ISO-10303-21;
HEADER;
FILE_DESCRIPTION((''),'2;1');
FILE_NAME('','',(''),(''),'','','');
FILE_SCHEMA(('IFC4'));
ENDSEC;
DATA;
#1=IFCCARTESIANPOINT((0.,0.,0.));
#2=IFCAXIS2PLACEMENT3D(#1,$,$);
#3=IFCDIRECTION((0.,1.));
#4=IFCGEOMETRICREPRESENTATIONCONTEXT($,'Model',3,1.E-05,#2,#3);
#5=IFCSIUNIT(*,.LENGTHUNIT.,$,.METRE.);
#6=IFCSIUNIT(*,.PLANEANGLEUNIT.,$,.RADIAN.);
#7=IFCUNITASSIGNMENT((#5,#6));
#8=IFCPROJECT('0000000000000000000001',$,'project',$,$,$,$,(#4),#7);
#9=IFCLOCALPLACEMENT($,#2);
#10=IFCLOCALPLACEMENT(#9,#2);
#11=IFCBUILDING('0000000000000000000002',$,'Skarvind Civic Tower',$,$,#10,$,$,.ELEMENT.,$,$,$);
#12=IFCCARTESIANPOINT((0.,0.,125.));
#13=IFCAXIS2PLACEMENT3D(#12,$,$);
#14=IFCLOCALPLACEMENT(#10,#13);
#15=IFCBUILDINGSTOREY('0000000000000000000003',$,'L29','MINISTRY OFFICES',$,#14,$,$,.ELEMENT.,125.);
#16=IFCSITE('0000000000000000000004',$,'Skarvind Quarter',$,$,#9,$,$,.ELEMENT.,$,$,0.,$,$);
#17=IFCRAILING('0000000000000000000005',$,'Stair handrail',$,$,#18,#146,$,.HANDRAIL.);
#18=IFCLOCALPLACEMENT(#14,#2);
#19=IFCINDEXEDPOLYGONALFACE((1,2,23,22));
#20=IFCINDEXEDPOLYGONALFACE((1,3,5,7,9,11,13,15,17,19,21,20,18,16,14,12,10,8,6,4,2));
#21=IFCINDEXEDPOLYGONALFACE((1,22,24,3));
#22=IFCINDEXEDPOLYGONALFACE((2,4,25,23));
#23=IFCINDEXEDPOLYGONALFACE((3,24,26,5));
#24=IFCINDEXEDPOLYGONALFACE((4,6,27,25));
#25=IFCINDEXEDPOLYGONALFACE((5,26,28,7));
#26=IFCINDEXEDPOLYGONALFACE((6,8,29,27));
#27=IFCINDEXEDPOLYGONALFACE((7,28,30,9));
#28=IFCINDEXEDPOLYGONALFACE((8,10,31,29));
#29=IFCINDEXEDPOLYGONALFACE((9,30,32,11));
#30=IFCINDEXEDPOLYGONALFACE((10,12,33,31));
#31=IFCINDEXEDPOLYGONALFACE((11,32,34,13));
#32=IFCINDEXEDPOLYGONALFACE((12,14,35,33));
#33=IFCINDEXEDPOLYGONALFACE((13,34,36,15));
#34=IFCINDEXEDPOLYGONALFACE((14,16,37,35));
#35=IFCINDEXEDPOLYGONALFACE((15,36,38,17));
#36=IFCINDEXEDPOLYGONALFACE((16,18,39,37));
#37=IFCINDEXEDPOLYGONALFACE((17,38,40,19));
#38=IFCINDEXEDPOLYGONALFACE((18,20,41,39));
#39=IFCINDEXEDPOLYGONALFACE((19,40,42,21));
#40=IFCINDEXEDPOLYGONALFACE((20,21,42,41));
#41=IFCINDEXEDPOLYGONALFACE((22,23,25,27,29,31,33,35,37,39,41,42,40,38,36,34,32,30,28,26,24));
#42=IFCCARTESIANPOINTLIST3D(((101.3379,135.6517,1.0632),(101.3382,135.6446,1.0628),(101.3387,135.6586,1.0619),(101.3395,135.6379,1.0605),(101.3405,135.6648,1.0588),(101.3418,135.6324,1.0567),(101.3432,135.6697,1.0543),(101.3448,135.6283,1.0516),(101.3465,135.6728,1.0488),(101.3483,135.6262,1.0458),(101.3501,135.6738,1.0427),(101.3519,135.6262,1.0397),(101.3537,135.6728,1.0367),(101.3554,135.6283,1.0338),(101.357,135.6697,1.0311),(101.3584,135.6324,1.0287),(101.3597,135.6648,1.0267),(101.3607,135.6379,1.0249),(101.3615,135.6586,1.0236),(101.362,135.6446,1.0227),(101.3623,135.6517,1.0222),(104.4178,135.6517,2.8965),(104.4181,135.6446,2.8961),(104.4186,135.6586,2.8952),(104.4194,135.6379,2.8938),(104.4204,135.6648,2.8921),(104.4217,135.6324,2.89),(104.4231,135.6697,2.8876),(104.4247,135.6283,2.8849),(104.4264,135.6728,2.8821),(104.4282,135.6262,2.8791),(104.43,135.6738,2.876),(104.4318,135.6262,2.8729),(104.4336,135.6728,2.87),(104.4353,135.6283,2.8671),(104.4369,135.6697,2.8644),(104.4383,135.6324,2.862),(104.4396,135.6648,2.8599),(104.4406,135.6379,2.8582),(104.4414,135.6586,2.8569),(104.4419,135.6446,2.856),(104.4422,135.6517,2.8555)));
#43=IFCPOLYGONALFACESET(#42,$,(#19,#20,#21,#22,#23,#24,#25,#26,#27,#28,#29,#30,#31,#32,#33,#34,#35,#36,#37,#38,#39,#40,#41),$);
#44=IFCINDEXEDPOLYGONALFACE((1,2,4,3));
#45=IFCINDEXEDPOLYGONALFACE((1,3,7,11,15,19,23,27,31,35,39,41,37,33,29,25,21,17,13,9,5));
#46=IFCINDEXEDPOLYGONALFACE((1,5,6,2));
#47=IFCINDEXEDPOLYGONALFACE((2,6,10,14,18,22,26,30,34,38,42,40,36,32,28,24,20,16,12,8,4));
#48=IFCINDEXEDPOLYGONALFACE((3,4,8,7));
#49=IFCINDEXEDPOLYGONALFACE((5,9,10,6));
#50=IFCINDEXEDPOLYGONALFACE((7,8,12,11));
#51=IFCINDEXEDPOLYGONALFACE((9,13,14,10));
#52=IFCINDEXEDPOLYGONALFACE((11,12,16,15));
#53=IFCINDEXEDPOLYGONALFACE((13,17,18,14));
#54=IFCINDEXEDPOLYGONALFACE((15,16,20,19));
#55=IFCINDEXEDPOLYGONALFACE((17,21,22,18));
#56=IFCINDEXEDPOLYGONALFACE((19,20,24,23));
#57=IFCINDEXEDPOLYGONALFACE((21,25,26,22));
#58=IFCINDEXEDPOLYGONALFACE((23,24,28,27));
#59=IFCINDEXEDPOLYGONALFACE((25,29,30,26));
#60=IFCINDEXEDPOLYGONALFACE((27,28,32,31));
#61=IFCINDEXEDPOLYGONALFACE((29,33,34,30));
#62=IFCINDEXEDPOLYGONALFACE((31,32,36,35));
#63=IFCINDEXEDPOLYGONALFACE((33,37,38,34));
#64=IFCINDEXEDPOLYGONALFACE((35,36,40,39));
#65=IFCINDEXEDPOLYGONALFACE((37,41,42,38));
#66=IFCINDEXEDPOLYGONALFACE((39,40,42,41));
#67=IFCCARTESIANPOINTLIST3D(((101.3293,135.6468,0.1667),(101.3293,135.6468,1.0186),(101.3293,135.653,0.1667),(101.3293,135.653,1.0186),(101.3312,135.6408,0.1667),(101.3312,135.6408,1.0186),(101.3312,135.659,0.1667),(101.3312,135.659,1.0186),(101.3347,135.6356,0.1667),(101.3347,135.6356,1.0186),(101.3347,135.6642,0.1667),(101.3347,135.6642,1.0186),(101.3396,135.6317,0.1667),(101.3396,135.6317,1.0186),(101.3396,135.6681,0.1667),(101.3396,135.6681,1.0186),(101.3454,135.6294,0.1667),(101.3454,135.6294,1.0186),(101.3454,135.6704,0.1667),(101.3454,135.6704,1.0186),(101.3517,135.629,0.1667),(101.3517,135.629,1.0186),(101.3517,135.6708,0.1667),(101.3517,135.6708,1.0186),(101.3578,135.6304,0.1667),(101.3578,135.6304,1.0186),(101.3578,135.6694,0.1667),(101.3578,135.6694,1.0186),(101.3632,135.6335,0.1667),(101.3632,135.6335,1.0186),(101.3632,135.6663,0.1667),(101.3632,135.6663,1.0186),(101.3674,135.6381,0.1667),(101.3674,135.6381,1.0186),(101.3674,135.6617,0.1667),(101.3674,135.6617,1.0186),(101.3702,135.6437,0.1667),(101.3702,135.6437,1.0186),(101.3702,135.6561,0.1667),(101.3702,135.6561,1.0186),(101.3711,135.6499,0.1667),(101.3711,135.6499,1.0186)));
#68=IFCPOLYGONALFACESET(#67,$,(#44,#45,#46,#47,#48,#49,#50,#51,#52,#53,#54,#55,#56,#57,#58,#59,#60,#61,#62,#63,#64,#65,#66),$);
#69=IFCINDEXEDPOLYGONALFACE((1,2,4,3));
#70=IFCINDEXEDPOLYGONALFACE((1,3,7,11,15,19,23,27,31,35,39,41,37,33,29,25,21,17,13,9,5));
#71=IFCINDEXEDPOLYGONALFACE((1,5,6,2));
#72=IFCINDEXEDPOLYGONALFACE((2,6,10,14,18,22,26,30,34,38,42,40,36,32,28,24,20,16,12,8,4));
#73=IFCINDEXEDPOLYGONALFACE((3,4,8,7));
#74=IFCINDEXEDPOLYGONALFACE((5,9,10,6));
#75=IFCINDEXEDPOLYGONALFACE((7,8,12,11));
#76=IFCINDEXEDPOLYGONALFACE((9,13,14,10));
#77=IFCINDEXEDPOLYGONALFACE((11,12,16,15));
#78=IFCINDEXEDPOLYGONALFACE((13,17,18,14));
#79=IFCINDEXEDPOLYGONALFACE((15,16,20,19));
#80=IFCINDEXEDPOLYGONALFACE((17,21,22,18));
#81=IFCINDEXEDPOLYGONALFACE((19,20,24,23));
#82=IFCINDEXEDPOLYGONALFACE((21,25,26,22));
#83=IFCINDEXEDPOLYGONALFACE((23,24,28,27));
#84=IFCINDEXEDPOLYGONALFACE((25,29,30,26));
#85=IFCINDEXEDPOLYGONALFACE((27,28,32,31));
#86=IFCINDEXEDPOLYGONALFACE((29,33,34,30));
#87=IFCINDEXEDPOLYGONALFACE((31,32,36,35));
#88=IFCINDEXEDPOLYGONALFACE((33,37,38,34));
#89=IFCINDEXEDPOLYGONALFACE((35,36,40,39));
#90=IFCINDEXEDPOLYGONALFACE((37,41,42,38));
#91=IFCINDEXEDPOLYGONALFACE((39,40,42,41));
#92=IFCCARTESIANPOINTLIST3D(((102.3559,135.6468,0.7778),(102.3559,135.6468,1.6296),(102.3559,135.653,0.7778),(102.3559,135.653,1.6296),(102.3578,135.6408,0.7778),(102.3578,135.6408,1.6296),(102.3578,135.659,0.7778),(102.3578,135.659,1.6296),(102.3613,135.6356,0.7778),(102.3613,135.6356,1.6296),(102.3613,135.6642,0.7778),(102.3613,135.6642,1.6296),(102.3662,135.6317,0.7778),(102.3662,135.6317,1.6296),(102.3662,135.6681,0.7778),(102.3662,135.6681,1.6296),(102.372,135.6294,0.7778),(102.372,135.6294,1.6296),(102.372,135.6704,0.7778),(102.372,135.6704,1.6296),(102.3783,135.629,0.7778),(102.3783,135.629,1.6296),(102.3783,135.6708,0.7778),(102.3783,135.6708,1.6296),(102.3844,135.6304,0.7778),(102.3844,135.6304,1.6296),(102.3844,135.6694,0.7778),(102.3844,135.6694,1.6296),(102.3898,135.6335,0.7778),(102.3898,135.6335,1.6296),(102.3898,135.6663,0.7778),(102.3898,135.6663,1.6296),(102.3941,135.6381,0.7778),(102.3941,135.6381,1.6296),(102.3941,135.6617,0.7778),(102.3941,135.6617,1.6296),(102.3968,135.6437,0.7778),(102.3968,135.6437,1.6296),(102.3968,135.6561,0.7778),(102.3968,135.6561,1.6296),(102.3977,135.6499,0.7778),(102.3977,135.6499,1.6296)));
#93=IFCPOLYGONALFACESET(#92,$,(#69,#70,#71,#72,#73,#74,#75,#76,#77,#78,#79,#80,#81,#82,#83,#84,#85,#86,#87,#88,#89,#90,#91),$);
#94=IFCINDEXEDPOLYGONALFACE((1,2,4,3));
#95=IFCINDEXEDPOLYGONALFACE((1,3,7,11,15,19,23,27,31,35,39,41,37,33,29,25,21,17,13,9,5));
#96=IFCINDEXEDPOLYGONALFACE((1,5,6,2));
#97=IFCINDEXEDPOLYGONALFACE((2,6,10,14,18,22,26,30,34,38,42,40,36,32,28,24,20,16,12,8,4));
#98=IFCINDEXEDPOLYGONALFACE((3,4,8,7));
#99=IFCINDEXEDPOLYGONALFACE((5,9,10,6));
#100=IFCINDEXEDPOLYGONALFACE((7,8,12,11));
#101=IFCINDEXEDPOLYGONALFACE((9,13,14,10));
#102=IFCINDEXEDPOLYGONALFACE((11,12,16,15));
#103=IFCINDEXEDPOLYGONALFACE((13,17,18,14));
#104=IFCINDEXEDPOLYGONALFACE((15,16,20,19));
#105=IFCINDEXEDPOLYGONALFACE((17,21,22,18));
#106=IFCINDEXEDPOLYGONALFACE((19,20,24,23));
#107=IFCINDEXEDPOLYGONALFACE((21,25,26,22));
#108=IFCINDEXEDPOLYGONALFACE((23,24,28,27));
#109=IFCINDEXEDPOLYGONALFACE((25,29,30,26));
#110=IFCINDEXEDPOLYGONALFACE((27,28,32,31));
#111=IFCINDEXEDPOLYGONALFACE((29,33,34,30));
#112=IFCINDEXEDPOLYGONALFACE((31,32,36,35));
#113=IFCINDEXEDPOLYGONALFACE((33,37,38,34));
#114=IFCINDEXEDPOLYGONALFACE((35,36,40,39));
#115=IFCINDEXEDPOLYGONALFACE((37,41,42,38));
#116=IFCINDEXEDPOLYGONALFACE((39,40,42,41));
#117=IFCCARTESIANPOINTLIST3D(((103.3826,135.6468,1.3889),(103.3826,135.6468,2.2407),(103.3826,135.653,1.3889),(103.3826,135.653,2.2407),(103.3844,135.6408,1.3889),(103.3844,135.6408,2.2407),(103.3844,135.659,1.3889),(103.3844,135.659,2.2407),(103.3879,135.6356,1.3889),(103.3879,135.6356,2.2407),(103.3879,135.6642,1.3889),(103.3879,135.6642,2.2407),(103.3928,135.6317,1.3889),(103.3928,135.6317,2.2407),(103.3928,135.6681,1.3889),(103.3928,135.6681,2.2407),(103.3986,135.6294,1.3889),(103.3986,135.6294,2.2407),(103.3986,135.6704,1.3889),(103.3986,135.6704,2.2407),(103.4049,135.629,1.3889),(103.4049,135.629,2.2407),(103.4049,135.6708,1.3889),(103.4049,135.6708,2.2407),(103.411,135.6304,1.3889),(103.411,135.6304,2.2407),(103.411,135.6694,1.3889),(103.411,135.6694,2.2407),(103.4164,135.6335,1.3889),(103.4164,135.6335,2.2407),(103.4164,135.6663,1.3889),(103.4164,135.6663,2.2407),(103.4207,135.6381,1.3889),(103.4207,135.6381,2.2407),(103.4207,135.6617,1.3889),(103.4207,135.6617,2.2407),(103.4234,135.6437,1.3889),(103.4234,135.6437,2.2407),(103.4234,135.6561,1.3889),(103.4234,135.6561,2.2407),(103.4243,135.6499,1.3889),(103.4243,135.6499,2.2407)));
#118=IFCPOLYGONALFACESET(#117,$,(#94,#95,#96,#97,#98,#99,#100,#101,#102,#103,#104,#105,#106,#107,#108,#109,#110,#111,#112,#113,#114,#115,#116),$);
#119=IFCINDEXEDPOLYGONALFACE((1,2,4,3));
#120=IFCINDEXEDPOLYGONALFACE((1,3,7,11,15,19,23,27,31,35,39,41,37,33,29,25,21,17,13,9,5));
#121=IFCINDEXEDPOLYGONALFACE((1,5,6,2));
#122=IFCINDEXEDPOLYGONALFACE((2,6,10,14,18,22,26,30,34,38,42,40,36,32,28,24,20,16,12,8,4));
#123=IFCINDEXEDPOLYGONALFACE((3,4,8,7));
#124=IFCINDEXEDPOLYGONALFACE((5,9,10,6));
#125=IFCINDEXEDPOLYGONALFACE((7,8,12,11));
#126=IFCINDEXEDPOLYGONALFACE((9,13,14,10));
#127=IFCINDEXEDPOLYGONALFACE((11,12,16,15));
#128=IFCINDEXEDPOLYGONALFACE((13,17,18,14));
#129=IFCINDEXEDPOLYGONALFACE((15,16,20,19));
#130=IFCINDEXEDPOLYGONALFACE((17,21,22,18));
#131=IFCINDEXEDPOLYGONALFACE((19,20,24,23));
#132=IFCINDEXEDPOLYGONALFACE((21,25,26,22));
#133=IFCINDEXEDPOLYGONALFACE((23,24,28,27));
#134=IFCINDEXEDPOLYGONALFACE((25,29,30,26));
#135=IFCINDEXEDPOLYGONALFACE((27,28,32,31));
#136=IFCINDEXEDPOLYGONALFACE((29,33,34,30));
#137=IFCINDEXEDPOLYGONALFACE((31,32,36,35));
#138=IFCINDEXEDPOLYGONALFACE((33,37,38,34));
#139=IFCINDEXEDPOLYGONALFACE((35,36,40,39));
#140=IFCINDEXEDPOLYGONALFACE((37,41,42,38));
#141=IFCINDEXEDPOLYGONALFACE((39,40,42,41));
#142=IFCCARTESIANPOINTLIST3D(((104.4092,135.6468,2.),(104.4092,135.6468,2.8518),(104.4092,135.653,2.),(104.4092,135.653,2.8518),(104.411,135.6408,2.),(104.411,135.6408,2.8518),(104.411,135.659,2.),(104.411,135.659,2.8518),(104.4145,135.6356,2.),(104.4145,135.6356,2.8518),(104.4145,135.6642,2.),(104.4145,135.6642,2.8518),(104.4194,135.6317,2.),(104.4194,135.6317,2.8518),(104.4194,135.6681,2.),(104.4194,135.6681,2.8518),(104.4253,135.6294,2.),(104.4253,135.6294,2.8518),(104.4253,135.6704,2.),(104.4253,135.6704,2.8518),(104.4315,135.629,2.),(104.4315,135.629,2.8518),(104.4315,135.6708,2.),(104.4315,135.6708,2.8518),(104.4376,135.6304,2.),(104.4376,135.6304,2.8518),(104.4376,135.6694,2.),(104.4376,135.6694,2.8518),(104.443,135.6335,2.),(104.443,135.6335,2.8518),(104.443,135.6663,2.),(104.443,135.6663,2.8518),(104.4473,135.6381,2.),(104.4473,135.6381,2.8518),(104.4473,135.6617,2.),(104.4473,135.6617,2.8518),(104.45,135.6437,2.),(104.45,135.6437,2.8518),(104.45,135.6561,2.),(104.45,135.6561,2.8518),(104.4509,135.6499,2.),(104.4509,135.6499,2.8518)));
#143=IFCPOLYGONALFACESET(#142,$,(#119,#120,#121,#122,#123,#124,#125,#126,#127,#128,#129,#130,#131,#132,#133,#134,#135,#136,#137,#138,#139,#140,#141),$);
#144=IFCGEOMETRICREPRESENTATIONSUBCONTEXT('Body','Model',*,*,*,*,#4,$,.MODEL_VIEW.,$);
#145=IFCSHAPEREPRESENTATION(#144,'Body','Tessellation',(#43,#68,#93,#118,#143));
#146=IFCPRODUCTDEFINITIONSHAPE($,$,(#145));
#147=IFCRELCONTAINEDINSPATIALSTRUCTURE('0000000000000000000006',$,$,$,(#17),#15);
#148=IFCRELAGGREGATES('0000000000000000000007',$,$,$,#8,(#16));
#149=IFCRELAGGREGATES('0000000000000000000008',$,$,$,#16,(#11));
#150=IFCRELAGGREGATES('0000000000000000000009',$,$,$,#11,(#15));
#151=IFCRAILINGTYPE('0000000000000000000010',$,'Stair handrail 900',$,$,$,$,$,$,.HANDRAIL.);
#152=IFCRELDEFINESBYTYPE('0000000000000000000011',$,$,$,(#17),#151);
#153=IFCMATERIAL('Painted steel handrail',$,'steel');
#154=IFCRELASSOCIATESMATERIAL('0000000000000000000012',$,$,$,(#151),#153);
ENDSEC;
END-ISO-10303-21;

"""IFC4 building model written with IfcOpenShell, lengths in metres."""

from ifc_helpers import new_model, si_unit, direction, frame, origin, origin_2d, place, context, subcontext, project, spatial, circle, extrude, material, type_object, element, save


model = new_model("IFC4")

# Units and contexts
model_context = context("Model", 3, precision=1e-05, world=origin(), true_north=direction((0.0, 1.0)))
body_context = subcontext(model_context, "Body", "Model", "MODEL_VIEW")
ifc_project = project(units=[si_unit("LENGTHUNIT", "METRE"), si_unit("PLANEANGLEUNIT", "RADIAN")], contexts=[model_context])

# Site, building, storey
site_placement = place(None, origin())
site = spatial("IfcSite", under=ifc_project, at=site_placement, Name="Skarvind Quarter", CompositionType="ELEMENT", RefElevation=0.0)
building_placement = place(site_placement, origin())
building = spatial("IfcBuilding", under=site, at=building_placement, Name="Skarvind Civic Tower", CompositionType="ELEMENT")
storey_placement = place(building_placement, frame((0.0, 0.0, 125.0)))
storey = spatial("IfcBuildingStorey", under=building, at=storey_placement, Name="L29", Description="MINISTRY OFFICES", CompositionType="ELEMENT", Elevation=125.0)

# Railing
ifc_material_1 = material(Name="Painted steel handrail", Category="steel")
railing_type = type_object("IfcRailingType", Name="Stair handrail 900", PredefinedType="HANDRAIL", material=ifc_material_1)
railing_1_placement = place(storey_placement, frame((101.3501, 135.6499, 0.1667)))
element("IfcRailing", 1, at=railing_1_placement, inside=storey, type_object=railing_type, Name="Stair handrail", PredefinedType="HANDRAIL", context=body_context, shape_type="SweptSolid", body=[
    extrude(circle(Radius=0.0239, at=origin_2d()), frame((0.0, 0.0, 0.876), z_axis=(0.859291, 0.0, 0.511487), x_axis=(0.0, 1.0, 0.0)), (0.0, 0.0, 1.0), 3.5842),
    extrude(circle(Radius=0.021, at=origin_2d()), origin(), (0.0, 0.0, 1.0), 0.8518),
    extrude(circle(Radius=0.021, at=origin_2d()), frame((1.0266, 0.0, 0.6111)), (0.0, 0.0, 1.0), 0.8518),
    extrude(circle(Radius=0.021, at=origin_2d()), frame((2.0532, 0.0, 1.2222)), (0.0, 0.0, 1.0), 0.8518),
    extrude(circle(Radius=0.021, at=origin_2d()), frame((3.0798, 0.0, 1.8333)), (0.0, 0.0, 1.0), 0.8518),
])

save(model, "model.ifc")
